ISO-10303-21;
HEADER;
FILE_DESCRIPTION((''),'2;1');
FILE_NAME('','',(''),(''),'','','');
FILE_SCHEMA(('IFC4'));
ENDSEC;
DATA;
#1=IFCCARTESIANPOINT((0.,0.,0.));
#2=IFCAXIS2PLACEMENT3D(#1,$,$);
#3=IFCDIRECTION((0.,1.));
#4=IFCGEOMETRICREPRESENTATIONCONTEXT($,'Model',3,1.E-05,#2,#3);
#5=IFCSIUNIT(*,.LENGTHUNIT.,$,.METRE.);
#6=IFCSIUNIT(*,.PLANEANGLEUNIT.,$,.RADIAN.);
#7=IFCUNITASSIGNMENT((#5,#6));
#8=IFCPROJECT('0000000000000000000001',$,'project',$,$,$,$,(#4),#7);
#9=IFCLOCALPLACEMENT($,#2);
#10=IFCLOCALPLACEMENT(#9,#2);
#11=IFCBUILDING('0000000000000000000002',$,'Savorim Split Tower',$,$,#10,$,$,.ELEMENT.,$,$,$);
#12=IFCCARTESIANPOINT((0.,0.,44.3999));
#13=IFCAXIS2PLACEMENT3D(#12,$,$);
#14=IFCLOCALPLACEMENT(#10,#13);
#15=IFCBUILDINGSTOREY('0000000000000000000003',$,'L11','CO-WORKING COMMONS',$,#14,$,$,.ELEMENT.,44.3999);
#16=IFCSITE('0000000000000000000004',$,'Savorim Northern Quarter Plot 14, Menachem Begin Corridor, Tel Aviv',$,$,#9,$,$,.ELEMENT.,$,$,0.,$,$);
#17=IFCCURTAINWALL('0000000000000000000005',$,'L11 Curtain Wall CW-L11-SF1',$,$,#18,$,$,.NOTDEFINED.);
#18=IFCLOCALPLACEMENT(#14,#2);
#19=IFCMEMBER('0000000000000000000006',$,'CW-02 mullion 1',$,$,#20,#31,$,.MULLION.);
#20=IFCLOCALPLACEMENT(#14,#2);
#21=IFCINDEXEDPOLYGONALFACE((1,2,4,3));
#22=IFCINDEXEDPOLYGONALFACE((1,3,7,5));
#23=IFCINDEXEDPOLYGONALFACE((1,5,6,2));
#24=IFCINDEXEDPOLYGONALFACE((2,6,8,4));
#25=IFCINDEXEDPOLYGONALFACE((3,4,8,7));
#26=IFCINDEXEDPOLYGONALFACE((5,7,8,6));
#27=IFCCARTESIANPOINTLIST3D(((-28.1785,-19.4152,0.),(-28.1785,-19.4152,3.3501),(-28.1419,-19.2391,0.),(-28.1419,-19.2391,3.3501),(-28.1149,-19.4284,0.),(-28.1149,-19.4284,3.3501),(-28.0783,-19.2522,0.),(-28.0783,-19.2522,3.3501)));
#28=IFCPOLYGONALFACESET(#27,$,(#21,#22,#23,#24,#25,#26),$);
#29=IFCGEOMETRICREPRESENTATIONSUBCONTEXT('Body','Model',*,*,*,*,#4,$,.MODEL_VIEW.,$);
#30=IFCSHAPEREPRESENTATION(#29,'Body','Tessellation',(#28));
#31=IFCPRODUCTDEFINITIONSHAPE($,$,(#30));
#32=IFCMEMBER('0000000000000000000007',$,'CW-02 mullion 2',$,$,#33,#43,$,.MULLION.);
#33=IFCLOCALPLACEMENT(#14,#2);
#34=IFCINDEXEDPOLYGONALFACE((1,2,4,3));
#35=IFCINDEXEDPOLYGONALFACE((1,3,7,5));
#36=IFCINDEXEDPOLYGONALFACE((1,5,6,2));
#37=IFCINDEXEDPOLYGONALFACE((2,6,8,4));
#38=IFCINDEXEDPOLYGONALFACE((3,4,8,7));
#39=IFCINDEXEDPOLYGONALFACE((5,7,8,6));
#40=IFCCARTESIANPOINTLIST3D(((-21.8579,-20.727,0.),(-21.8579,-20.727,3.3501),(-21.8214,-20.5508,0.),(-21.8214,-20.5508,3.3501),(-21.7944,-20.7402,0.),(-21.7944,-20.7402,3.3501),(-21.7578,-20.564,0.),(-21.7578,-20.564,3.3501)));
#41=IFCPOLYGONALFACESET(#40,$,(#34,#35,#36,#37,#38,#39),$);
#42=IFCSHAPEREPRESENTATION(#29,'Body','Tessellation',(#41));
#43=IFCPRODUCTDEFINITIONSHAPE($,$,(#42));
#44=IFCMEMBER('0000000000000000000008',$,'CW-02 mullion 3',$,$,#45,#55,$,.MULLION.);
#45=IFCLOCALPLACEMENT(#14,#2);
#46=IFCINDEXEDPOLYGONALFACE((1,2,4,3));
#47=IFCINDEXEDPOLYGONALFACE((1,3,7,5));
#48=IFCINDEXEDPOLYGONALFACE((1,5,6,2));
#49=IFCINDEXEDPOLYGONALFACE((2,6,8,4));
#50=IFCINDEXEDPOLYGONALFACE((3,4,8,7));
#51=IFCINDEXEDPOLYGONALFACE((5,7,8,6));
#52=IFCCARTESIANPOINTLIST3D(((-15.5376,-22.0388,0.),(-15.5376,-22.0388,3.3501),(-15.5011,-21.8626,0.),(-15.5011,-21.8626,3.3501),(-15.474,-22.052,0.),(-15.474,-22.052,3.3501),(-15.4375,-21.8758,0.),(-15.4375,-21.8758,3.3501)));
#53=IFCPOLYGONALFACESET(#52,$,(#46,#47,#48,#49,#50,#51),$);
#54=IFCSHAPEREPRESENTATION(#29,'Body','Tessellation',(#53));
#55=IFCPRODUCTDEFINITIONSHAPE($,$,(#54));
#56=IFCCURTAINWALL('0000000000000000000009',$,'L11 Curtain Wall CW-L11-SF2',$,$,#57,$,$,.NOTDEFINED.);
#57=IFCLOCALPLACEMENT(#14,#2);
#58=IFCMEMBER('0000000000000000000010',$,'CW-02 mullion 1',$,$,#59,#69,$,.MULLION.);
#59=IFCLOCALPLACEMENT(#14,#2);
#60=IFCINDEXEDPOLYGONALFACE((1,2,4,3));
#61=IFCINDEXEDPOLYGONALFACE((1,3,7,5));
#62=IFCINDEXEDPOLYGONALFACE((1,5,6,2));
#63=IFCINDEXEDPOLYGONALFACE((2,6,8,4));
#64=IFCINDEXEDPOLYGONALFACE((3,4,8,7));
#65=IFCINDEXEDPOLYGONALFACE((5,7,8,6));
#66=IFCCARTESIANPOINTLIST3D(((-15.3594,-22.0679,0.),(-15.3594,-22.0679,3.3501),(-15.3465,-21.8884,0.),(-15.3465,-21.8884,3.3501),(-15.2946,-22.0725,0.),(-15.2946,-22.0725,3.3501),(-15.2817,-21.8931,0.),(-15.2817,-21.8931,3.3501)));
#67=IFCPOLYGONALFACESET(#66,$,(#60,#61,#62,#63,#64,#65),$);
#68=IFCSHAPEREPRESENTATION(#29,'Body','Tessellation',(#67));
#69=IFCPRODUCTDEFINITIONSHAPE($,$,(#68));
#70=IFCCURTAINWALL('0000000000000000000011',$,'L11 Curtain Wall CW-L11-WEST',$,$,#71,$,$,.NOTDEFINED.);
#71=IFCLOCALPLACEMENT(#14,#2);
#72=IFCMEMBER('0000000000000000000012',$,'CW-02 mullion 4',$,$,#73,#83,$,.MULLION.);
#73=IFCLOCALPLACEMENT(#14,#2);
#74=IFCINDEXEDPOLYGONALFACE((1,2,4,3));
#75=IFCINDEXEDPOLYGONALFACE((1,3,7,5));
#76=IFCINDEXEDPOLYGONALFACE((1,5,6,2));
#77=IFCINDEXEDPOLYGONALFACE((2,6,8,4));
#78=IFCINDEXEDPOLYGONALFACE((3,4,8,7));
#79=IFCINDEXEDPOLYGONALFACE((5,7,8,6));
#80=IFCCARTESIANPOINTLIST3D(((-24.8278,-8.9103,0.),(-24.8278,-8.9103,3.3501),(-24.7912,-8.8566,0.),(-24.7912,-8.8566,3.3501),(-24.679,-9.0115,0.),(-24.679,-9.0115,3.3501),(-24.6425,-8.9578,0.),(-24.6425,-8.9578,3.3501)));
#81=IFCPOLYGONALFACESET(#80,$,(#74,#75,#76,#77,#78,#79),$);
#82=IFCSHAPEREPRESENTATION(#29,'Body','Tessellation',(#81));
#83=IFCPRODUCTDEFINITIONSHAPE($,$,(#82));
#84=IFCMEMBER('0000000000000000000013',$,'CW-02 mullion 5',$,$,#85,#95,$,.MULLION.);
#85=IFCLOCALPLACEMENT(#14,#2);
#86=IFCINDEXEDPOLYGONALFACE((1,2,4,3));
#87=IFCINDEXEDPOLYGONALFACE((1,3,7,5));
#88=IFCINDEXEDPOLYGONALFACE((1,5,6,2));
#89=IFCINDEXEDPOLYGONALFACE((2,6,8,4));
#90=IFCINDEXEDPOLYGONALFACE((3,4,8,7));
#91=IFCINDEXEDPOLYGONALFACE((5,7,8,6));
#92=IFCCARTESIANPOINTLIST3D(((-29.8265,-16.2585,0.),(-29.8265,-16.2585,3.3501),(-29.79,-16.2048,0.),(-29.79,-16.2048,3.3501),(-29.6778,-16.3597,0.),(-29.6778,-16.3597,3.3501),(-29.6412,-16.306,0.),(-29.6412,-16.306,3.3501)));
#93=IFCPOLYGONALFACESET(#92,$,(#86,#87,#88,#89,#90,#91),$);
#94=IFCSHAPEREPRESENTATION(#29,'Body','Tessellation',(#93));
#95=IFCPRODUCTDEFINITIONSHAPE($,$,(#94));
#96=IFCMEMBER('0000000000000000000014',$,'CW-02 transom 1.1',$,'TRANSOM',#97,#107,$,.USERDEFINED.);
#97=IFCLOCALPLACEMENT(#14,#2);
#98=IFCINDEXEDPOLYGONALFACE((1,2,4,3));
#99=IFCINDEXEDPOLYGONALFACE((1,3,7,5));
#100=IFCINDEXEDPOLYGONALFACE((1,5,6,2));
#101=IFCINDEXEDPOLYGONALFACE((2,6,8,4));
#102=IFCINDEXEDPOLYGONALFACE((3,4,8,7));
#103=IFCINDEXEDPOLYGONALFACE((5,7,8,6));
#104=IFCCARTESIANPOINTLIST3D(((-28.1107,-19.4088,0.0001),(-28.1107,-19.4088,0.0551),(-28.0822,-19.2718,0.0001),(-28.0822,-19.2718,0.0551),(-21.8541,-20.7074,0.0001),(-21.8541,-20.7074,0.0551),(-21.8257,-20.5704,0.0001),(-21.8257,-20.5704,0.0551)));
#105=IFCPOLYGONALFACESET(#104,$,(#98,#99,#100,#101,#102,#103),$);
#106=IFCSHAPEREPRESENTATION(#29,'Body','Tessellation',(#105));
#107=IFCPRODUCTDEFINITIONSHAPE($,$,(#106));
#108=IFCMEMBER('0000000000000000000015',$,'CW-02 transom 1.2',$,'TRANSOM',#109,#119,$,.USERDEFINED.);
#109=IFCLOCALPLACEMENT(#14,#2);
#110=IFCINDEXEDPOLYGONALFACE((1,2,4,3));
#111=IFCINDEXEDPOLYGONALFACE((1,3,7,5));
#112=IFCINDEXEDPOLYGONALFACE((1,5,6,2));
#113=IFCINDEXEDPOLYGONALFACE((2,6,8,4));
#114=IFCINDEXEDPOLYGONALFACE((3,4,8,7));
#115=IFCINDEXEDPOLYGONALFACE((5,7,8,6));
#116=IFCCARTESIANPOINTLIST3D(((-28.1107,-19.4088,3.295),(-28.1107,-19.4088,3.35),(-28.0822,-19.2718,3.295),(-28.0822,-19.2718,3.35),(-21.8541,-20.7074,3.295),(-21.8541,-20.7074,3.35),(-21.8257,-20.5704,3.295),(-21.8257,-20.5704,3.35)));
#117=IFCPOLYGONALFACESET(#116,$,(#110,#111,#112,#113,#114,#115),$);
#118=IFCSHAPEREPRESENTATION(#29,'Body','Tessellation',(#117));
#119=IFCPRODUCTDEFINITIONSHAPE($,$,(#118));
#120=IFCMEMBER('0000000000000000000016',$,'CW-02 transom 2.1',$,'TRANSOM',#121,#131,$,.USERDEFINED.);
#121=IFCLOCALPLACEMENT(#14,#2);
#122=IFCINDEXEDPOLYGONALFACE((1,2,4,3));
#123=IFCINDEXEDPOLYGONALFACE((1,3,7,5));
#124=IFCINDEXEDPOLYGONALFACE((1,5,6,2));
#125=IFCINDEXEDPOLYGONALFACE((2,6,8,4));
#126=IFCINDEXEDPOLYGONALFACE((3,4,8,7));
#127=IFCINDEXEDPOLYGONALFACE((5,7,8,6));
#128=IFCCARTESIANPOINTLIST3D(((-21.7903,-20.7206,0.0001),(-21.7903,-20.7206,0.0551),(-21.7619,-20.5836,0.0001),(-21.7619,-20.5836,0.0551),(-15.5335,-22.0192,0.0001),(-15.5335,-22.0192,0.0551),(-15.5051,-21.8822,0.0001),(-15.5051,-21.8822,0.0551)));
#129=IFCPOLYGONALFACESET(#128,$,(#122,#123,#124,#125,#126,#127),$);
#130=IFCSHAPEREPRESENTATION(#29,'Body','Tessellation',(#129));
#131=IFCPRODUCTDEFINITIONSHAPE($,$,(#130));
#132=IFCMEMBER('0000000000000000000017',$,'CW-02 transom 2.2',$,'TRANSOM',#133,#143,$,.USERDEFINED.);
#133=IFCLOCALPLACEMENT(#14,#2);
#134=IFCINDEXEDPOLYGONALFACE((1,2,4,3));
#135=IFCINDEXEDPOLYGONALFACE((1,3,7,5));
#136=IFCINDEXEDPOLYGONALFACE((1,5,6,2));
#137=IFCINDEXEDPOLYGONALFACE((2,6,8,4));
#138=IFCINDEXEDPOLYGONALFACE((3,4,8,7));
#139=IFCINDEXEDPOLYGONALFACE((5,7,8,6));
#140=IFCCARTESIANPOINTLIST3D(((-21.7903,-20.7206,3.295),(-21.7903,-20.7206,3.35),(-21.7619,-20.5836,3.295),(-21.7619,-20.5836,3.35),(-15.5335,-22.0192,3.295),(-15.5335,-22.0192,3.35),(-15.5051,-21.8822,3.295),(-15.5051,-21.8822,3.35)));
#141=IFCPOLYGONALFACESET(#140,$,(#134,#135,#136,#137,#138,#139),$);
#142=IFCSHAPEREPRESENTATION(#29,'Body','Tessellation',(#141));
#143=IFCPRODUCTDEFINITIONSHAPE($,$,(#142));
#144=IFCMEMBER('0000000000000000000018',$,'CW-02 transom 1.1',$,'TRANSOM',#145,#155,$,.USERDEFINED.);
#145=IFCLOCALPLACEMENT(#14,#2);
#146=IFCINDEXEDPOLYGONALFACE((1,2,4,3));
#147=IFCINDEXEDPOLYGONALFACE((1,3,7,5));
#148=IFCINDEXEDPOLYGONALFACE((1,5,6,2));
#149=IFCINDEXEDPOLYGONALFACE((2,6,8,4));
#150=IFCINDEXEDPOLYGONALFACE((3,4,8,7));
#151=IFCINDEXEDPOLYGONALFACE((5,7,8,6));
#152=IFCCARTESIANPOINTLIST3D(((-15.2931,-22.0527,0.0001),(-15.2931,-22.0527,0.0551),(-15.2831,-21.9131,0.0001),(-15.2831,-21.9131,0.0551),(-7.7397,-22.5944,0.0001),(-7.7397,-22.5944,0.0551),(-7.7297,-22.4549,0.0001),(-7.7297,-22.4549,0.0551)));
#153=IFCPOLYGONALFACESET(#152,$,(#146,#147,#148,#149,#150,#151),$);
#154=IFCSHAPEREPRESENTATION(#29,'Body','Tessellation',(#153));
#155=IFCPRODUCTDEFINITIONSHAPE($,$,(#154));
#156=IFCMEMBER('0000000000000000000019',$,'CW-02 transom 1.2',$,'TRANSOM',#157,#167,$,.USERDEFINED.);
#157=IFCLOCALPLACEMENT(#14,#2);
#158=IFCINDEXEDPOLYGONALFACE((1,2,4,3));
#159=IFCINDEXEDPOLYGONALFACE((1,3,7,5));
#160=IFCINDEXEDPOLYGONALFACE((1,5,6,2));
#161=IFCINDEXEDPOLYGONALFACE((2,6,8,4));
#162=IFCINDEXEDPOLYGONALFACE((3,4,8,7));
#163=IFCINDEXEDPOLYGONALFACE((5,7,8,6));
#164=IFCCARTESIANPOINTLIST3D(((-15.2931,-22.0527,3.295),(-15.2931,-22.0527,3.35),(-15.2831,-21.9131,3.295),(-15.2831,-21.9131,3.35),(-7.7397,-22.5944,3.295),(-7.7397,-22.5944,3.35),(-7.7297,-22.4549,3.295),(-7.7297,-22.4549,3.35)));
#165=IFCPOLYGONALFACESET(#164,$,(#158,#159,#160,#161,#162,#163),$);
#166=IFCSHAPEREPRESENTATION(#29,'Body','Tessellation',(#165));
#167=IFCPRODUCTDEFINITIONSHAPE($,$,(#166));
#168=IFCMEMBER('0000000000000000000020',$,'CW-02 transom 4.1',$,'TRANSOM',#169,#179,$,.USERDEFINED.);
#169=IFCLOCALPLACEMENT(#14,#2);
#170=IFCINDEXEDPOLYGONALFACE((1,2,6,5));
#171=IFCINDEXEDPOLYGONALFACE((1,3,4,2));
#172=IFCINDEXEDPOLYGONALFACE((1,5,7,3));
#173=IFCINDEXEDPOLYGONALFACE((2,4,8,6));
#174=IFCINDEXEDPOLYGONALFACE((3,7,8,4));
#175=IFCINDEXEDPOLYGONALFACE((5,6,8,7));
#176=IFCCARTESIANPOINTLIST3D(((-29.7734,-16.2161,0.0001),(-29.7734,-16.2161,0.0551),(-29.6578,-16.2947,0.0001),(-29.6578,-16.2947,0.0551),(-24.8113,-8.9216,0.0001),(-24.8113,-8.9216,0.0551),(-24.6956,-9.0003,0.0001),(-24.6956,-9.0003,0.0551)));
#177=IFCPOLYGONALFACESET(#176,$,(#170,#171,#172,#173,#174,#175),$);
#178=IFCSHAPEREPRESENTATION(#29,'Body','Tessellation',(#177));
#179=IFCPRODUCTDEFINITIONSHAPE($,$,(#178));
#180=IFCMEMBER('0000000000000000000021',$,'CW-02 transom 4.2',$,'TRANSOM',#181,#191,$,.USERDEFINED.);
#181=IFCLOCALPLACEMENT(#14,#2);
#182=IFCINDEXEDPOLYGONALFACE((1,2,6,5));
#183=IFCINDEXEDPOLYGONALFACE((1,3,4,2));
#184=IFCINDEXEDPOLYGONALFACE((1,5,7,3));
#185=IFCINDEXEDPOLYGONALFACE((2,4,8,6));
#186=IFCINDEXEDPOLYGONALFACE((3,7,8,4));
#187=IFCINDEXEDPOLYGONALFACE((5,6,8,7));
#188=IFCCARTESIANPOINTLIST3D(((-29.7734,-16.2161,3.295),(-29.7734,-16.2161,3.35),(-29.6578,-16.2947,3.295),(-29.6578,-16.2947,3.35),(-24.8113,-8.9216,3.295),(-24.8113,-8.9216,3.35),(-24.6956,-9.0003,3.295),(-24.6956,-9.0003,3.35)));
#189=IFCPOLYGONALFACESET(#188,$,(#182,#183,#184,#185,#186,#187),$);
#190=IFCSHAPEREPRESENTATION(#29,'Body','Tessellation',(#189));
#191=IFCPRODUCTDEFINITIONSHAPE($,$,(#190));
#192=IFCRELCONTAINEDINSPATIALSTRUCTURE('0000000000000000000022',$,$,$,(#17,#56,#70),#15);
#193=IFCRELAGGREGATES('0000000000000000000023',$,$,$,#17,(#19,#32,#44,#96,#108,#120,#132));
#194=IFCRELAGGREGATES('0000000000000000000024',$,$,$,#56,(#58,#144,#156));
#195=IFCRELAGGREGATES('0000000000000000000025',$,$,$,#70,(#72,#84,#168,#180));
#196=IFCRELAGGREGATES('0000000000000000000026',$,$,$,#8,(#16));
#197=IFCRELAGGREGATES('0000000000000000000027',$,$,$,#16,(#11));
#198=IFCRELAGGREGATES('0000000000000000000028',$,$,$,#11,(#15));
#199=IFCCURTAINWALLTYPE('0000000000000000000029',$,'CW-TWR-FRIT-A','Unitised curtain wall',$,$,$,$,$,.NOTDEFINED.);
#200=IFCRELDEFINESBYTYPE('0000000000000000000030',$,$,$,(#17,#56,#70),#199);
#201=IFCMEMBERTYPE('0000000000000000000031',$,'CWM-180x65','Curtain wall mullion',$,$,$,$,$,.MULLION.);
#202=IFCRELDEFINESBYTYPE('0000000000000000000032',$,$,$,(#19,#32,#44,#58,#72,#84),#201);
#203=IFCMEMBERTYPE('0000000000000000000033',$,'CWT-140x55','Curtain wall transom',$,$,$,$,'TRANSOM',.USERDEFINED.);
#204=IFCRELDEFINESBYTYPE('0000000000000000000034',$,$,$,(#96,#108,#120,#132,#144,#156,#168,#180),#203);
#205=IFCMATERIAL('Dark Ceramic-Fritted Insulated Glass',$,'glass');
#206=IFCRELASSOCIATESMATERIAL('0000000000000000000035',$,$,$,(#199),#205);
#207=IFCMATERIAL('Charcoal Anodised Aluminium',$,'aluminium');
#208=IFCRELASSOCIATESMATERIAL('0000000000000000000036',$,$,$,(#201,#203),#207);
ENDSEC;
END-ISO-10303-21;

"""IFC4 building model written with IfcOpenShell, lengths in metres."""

from ifc_helpers import new_model, si_unit, direction, frame, origin, origin_2d, place, context, subcontext, project, spatial, rectangle, extrude, material, material_profile, profile_set, type_object, element, aggregate, save


model = new_model("IFC4")

# Units and contexts
model_context = context("Model", 3, precision=1e-05, world=origin(), true_north=direction((0.0, 1.0)))
body_context = subcontext(model_context, "Body", "Model", "MODEL_VIEW")
ifc_project = project(units=[si_unit("LENGTHUNIT", "METRE"), si_unit("PLANEANGLEUNIT", "RADIAN")], contexts=[model_context])

# Site, building, storey
site_placement = place(None, origin())
site = spatial("IfcSite", under=ifc_project, at=site_placement, Name="Savorim Northern Quarter Plot 14, Menachem Begin Corridor, Tel Aviv", CompositionType="ELEMENT", RefElevation=0.0)
building_placement = place(site_placement, origin())
building = spatial("IfcBuilding", under=site, at=building_placement, Name="Savorim Split Tower", CompositionType="ELEMENT")
storey_placement = place(building_placement, frame((0.0, 0.0, 44.3999)))
storey = spatial("IfcBuildingStorey", under=building, at=storey_placement, Name="L11", Description="CO-WORKING COMMONS", CompositionType="ELEMENT", Elevation=44.3999)

# Curtain wall, members
ifc_material_1 = material(Name="Dark Ceramic-Fritted Insulated Glass", Category="glass")
curtain_wall_type = type_object("IfcCurtainWallType", Name="CW-TWR-FRIT-A", Description="Unitised curtain wall", PredefinedType="NOTDEFINED", material=ifc_material_1)
curtain_wall_1_placement = place(storey_placement, origin())
curtain_wall_1 = element("IfcCurtainWall", 1, at=curtain_wall_1_placement, inside=storey, type_object=curtain_wall_type, Name="L11 Curtain Wall CW-L11-SF1", PredefinedType="NOTDEFINED")
ifc_material_2 = material(Name="Charcoal Anodised Aluminium", Category="aluminium")
ifc_material_profile_1 = material_profile(ifc_material_2, rectangle(XDim=0.1799, YDim=0.0649, at=origin_2d()), Name="ALU-M 180x65")
ifc_profile_set_1 = profile_set([ifc_material_profile_1], Name="Charcoal Anodised Aluminium")
member_type_1 = type_object("IfcMemberType", Name="CWM-180x65", Description="Curtain wall mullion", PredefinedType="MULLION", material=ifc_profile_set_1)
member_1_placement = place(storey_placement, frame((-28.1284, -19.3337, 0.0), z_axis=(0.0, 0.0, 1.0), x_axis=(0.20321, 0.979135, 0.0)))
member_1 = element("IfcMember", 2, at=member_1_placement, type_object=member_type_1, Name="CW-02 mullion 1", PredefinedType="MULLION", context=body_context, shape_type="SweptSolid", body=[
    extrude(rectangle(XDim=0.1799, YDim=0.0649, at=origin_2d()), origin(), (0.0, 0.0, 1.0), 3.3501),
])
member_2_placement = place(storey_placement, frame((-21.8079, -20.6455, 0.0), z_axis=(0.0, 0.0, 1.0), x_axis=(0.20321, 0.979135, 0.0)))
member_2 = element("IfcMember", 3, at=member_2_placement, type_object=member_type_1, Name="CW-02 mullion 2", PredefinedType="MULLION", context=body_context, shape_type="SweptSolid", body=[
    extrude(rectangle(XDim=0.1799, YDim=0.0649, at=origin_2d()), origin(), (0.0, 0.0, 1.0), 3.3501),
])
member_3_placement = place(storey_placement, frame((-15.4875, -21.9573, 0.0), z_axis=(0.0, 0.0, 1.0), x_axis=(0.20321, 0.979135, 0.0)))
member_3 = element("IfcMember", 4, at=member_3_placement, type_object=member_type_1, Name="CW-02 mullion 3", PredefinedType="MULLION", context=body_context, shape_type="SweptSolid", body=[
    extrude(rectangle(XDim=0.1799, YDim=0.0649, at=origin_2d()), origin(), (0.0, 0.0, 1.0), 3.3501),
])

# Curtain wall, member
curtain_wall_2_placement = place(storey_placement, origin())
curtain_wall_2 = element("IfcCurtainWall", 5, at=curtain_wall_2_placement, inside=storey, type_object=curtain_wall_type, Name="L11 Curtain Wall CW-L11-SF2", PredefinedType="NOTDEFINED")
member_4_placement = place(storey_placement, frame((-15.3206, -21.9805, 0.0), z_axis=(0.0, 0.0, 1.0), x_axis=(0.07156, 0.997436, 0.0)))
member_4 = element("IfcMember", 6, at=member_4_placement, type_object=member_type_1, Name="CW-02 mullion 1", PredefinedType="MULLION", context=body_context, shape_type="SweptSolid", body=[
    extrude(rectangle(XDim=0.1799, YDim=0.0649, at=origin_2d()), origin(), (0.0, 0.0, 1.0), 3.3501),
])

# Curtain wall, members
curtain_wall_3_placement = place(storey_placement, origin())
curtain_wall_3 = element("IfcCurtainWall", 7, at=curtain_wall_3_placement, inside=storey, type_object=curtain_wall_type, Name="L11 Curtain Wall CW-L11-WEST", PredefinedType="NOTDEFINED")
member_5_placement = place(storey_placement, frame((-24.7351, -8.9341, 0.0), z_axis=(0.0, 0.0, 1.0), x_axis=(0.826821, -0.562465, 0.0)))
member_5 = element("IfcMember", 8, at=member_5_placement, type_object=member_type_1, Name="CW-02 mullion 4", PredefinedType="MULLION", context=body_context, shape_type="SweptSolid", body=[
    extrude(rectangle(XDim=0.1799, YDim=0.0649, at=origin_2d()), origin(), (0.0, 0.0, 1.0), 3.3501),
])
member_6_placement = place(storey_placement, frame((-29.7339, -16.2822, 0.0), z_axis=(0.0, 0.0, 1.0), x_axis=(0.826821, -0.562465, 0.0)))
member_6 = element("IfcMember", 9, at=member_6_placement, type_object=member_type_1, Name="CW-02 mullion 5", PredefinedType="MULLION", context=body_context, shape_type="SweptSolid", body=[
    extrude(rectangle(XDim=0.1799, YDim=0.0649, at=origin_2d()), origin(), (0.0, 0.0, 1.0), 3.3501),
])

# Members
ifc_material_profile_2 = material_profile(ifc_material_2, rectangle(XDim=0.1399, YDim=0.0549, at=origin_2d()), Name="ALU-T 140x55")
ifc_profile_set_2 = profile_set([ifc_material_profile_2], Name="Charcoal Anodised Aluminium")
member_type_2 = type_object("IfcMemberType", Name="CWT-140x55", Description="Curtain wall transom", ElementType="TRANSOM", PredefinedType="USERDEFINED", material=ifc_profile_set_2)
member_7_placement = place(storey_placement, frame((-28.0964, -19.3403, 0.0276), z_axis=(0.979132, -0.203223, 0.0), x_axis=(0.203223, 0.979132, 0.0)))
member_7 = element("IfcMember", 10, at=member_7_placement, type_object=member_type_2, Name="CW-02 transom 1.1", ObjectType="TRANSOM", PredefinedType="USERDEFINED", context=body_context, shape_type="SweptSolid", body=[
    extrude(rectangle(XDim=0.1399, YDim=0.0549, at=origin_2d()), origin(), (0.0, 0.0, 1.0), 6.3899),
])
member_8_placement = place(storey_placement, frame((-28.0964, -19.3403, 3.3225), z_axis=(0.979132, -0.203223, 0.0), x_axis=(0.203223, 0.979132, 0.0)))
member_8 = element("IfcMember", 11, at=member_8_placement, type_object=member_type_2, Name="CW-02 transom 1.2", ObjectType="TRANSOM", PredefinedType="USERDEFINED", context=body_context, shape_type="SweptSolid", body=[
    extrude(rectangle(XDim=0.1399, YDim=0.0549, at=origin_2d()), origin(), (0.0, 0.0, 1.0), 6.3899),
])
member_9_placement = place(storey_placement, frame((-21.7761, -20.6521, 0.0276), z_axis=(0.979134, -0.203216, 0.0), x_axis=(0.203216, 0.979134, 0.0)))
member_9 = element("IfcMember", 12, at=member_9_placement, type_object=member_type_2, Name="CW-02 transom 2.1", ObjectType="TRANSOM", PredefinedType="USERDEFINED", context=body_context, shape_type="SweptSolid", body=[
    extrude(rectangle(XDim=0.1399, YDim=0.0549, at=origin_2d()), origin(), (0.0, 0.0, 1.0), 6.3901),
])
member_10_placement = place(storey_placement, frame((-21.7761, -20.6521, 3.3225), z_axis=(0.979134, -0.203216, 0.0), x_axis=(0.203216, 0.979134, 0.0)))
member_10 = element("IfcMember", 13, at=member_10_placement, type_object=member_type_2, Name="CW-02 transom 2.2", ObjectType="TRANSOM", PredefinedType="USERDEFINED", context=body_context, shape_type="SweptSolid", body=[
    extrude(rectangle(XDim=0.1399, YDim=0.0549, at=origin_2d()), origin(), (0.0, 0.0, 1.0), 6.3901),
])
member_11_placement = place(storey_placement, frame((-15.2881, -21.9829, 0.0276), z_axis=(0.997438, -0.071538, 0.0), x_axis=(0.071538, 0.997438, 0.0)))
member_11 = element("IfcMember", 14, at=member_11_placement, type_object=member_type_2, Name="CW-02 transom 1.1", ObjectType="TRANSOM", PredefinedType="USERDEFINED", context=body_context, shape_type="SweptSolid", body=[
    extrude(rectangle(XDim=0.1399, YDim=0.0549, at=origin_2d()), origin(), (0.0, 0.0, 1.0), 7.5728),
])
member_12_placement = place(storey_placement, frame((-15.2881, -21.9829, 3.3225), z_axis=(0.997438, -0.071538, 0.0), x_axis=(0.071538, 0.997438, 0.0)))
member_12 = element("IfcMember", 15, at=member_12_placement, type_object=member_type_2, Name="CW-02 transom 1.2", ObjectType="TRANSOM", PredefinedType="USERDEFINED", context=body_context, shape_type="SweptSolid", body=[
    extrude(rectangle(XDim=0.1399, YDim=0.0549, at=origin_2d()), origin(), (0.0, 0.0, 1.0), 7.5728),
])
member_13_placement = place(storey_placement, frame((-24.7534, -8.9609, 0.0276), z_axis=(-0.562461, -0.826824, 0.0), x_axis=(0.826824, -0.562461, 0.0)))
member_13 = element("IfcMember", 16, at=member_13_placement, type_object=member_type_2, Name="CW-02 transom 4.1", ObjectType="TRANSOM", PredefinedType="USERDEFINED", context=body_context, shape_type="SweptSolid", body=[
    extrude(rectangle(XDim=0.1399, YDim=0.0549, at=origin_2d()), origin(), (0.0, 0.0, 1.0), 8.8223),
])
member_14_placement = place(storey_placement, frame((-24.7534, -8.9609, 3.3225), z_axis=(-0.562461, -0.826824, 0.0), x_axis=(0.826824, -0.562461, 0.0)))
member_14 = element("IfcMember", 17, at=member_14_placement, type_object=member_type_2, Name="CW-02 transom 4.2", ObjectType="TRANSOM", PredefinedType="USERDEFINED", context=body_context, shape_type="SweptSolid", body=[
    extrude(rectangle(XDim=0.1399, YDim=0.0549, at=origin_2d()), origin(), (0.0, 0.0, 1.0), 8.8223),
])

aggregate(curtain_wall_1, [member_1, member_2, member_3, member_7, member_8, member_9, member_10])
aggregate(curtain_wall_2, [member_4, member_11, member_12])
aggregate(curtain_wall_3, [member_5, member_6, member_13, member_14])

save(model, "model.ifc")
